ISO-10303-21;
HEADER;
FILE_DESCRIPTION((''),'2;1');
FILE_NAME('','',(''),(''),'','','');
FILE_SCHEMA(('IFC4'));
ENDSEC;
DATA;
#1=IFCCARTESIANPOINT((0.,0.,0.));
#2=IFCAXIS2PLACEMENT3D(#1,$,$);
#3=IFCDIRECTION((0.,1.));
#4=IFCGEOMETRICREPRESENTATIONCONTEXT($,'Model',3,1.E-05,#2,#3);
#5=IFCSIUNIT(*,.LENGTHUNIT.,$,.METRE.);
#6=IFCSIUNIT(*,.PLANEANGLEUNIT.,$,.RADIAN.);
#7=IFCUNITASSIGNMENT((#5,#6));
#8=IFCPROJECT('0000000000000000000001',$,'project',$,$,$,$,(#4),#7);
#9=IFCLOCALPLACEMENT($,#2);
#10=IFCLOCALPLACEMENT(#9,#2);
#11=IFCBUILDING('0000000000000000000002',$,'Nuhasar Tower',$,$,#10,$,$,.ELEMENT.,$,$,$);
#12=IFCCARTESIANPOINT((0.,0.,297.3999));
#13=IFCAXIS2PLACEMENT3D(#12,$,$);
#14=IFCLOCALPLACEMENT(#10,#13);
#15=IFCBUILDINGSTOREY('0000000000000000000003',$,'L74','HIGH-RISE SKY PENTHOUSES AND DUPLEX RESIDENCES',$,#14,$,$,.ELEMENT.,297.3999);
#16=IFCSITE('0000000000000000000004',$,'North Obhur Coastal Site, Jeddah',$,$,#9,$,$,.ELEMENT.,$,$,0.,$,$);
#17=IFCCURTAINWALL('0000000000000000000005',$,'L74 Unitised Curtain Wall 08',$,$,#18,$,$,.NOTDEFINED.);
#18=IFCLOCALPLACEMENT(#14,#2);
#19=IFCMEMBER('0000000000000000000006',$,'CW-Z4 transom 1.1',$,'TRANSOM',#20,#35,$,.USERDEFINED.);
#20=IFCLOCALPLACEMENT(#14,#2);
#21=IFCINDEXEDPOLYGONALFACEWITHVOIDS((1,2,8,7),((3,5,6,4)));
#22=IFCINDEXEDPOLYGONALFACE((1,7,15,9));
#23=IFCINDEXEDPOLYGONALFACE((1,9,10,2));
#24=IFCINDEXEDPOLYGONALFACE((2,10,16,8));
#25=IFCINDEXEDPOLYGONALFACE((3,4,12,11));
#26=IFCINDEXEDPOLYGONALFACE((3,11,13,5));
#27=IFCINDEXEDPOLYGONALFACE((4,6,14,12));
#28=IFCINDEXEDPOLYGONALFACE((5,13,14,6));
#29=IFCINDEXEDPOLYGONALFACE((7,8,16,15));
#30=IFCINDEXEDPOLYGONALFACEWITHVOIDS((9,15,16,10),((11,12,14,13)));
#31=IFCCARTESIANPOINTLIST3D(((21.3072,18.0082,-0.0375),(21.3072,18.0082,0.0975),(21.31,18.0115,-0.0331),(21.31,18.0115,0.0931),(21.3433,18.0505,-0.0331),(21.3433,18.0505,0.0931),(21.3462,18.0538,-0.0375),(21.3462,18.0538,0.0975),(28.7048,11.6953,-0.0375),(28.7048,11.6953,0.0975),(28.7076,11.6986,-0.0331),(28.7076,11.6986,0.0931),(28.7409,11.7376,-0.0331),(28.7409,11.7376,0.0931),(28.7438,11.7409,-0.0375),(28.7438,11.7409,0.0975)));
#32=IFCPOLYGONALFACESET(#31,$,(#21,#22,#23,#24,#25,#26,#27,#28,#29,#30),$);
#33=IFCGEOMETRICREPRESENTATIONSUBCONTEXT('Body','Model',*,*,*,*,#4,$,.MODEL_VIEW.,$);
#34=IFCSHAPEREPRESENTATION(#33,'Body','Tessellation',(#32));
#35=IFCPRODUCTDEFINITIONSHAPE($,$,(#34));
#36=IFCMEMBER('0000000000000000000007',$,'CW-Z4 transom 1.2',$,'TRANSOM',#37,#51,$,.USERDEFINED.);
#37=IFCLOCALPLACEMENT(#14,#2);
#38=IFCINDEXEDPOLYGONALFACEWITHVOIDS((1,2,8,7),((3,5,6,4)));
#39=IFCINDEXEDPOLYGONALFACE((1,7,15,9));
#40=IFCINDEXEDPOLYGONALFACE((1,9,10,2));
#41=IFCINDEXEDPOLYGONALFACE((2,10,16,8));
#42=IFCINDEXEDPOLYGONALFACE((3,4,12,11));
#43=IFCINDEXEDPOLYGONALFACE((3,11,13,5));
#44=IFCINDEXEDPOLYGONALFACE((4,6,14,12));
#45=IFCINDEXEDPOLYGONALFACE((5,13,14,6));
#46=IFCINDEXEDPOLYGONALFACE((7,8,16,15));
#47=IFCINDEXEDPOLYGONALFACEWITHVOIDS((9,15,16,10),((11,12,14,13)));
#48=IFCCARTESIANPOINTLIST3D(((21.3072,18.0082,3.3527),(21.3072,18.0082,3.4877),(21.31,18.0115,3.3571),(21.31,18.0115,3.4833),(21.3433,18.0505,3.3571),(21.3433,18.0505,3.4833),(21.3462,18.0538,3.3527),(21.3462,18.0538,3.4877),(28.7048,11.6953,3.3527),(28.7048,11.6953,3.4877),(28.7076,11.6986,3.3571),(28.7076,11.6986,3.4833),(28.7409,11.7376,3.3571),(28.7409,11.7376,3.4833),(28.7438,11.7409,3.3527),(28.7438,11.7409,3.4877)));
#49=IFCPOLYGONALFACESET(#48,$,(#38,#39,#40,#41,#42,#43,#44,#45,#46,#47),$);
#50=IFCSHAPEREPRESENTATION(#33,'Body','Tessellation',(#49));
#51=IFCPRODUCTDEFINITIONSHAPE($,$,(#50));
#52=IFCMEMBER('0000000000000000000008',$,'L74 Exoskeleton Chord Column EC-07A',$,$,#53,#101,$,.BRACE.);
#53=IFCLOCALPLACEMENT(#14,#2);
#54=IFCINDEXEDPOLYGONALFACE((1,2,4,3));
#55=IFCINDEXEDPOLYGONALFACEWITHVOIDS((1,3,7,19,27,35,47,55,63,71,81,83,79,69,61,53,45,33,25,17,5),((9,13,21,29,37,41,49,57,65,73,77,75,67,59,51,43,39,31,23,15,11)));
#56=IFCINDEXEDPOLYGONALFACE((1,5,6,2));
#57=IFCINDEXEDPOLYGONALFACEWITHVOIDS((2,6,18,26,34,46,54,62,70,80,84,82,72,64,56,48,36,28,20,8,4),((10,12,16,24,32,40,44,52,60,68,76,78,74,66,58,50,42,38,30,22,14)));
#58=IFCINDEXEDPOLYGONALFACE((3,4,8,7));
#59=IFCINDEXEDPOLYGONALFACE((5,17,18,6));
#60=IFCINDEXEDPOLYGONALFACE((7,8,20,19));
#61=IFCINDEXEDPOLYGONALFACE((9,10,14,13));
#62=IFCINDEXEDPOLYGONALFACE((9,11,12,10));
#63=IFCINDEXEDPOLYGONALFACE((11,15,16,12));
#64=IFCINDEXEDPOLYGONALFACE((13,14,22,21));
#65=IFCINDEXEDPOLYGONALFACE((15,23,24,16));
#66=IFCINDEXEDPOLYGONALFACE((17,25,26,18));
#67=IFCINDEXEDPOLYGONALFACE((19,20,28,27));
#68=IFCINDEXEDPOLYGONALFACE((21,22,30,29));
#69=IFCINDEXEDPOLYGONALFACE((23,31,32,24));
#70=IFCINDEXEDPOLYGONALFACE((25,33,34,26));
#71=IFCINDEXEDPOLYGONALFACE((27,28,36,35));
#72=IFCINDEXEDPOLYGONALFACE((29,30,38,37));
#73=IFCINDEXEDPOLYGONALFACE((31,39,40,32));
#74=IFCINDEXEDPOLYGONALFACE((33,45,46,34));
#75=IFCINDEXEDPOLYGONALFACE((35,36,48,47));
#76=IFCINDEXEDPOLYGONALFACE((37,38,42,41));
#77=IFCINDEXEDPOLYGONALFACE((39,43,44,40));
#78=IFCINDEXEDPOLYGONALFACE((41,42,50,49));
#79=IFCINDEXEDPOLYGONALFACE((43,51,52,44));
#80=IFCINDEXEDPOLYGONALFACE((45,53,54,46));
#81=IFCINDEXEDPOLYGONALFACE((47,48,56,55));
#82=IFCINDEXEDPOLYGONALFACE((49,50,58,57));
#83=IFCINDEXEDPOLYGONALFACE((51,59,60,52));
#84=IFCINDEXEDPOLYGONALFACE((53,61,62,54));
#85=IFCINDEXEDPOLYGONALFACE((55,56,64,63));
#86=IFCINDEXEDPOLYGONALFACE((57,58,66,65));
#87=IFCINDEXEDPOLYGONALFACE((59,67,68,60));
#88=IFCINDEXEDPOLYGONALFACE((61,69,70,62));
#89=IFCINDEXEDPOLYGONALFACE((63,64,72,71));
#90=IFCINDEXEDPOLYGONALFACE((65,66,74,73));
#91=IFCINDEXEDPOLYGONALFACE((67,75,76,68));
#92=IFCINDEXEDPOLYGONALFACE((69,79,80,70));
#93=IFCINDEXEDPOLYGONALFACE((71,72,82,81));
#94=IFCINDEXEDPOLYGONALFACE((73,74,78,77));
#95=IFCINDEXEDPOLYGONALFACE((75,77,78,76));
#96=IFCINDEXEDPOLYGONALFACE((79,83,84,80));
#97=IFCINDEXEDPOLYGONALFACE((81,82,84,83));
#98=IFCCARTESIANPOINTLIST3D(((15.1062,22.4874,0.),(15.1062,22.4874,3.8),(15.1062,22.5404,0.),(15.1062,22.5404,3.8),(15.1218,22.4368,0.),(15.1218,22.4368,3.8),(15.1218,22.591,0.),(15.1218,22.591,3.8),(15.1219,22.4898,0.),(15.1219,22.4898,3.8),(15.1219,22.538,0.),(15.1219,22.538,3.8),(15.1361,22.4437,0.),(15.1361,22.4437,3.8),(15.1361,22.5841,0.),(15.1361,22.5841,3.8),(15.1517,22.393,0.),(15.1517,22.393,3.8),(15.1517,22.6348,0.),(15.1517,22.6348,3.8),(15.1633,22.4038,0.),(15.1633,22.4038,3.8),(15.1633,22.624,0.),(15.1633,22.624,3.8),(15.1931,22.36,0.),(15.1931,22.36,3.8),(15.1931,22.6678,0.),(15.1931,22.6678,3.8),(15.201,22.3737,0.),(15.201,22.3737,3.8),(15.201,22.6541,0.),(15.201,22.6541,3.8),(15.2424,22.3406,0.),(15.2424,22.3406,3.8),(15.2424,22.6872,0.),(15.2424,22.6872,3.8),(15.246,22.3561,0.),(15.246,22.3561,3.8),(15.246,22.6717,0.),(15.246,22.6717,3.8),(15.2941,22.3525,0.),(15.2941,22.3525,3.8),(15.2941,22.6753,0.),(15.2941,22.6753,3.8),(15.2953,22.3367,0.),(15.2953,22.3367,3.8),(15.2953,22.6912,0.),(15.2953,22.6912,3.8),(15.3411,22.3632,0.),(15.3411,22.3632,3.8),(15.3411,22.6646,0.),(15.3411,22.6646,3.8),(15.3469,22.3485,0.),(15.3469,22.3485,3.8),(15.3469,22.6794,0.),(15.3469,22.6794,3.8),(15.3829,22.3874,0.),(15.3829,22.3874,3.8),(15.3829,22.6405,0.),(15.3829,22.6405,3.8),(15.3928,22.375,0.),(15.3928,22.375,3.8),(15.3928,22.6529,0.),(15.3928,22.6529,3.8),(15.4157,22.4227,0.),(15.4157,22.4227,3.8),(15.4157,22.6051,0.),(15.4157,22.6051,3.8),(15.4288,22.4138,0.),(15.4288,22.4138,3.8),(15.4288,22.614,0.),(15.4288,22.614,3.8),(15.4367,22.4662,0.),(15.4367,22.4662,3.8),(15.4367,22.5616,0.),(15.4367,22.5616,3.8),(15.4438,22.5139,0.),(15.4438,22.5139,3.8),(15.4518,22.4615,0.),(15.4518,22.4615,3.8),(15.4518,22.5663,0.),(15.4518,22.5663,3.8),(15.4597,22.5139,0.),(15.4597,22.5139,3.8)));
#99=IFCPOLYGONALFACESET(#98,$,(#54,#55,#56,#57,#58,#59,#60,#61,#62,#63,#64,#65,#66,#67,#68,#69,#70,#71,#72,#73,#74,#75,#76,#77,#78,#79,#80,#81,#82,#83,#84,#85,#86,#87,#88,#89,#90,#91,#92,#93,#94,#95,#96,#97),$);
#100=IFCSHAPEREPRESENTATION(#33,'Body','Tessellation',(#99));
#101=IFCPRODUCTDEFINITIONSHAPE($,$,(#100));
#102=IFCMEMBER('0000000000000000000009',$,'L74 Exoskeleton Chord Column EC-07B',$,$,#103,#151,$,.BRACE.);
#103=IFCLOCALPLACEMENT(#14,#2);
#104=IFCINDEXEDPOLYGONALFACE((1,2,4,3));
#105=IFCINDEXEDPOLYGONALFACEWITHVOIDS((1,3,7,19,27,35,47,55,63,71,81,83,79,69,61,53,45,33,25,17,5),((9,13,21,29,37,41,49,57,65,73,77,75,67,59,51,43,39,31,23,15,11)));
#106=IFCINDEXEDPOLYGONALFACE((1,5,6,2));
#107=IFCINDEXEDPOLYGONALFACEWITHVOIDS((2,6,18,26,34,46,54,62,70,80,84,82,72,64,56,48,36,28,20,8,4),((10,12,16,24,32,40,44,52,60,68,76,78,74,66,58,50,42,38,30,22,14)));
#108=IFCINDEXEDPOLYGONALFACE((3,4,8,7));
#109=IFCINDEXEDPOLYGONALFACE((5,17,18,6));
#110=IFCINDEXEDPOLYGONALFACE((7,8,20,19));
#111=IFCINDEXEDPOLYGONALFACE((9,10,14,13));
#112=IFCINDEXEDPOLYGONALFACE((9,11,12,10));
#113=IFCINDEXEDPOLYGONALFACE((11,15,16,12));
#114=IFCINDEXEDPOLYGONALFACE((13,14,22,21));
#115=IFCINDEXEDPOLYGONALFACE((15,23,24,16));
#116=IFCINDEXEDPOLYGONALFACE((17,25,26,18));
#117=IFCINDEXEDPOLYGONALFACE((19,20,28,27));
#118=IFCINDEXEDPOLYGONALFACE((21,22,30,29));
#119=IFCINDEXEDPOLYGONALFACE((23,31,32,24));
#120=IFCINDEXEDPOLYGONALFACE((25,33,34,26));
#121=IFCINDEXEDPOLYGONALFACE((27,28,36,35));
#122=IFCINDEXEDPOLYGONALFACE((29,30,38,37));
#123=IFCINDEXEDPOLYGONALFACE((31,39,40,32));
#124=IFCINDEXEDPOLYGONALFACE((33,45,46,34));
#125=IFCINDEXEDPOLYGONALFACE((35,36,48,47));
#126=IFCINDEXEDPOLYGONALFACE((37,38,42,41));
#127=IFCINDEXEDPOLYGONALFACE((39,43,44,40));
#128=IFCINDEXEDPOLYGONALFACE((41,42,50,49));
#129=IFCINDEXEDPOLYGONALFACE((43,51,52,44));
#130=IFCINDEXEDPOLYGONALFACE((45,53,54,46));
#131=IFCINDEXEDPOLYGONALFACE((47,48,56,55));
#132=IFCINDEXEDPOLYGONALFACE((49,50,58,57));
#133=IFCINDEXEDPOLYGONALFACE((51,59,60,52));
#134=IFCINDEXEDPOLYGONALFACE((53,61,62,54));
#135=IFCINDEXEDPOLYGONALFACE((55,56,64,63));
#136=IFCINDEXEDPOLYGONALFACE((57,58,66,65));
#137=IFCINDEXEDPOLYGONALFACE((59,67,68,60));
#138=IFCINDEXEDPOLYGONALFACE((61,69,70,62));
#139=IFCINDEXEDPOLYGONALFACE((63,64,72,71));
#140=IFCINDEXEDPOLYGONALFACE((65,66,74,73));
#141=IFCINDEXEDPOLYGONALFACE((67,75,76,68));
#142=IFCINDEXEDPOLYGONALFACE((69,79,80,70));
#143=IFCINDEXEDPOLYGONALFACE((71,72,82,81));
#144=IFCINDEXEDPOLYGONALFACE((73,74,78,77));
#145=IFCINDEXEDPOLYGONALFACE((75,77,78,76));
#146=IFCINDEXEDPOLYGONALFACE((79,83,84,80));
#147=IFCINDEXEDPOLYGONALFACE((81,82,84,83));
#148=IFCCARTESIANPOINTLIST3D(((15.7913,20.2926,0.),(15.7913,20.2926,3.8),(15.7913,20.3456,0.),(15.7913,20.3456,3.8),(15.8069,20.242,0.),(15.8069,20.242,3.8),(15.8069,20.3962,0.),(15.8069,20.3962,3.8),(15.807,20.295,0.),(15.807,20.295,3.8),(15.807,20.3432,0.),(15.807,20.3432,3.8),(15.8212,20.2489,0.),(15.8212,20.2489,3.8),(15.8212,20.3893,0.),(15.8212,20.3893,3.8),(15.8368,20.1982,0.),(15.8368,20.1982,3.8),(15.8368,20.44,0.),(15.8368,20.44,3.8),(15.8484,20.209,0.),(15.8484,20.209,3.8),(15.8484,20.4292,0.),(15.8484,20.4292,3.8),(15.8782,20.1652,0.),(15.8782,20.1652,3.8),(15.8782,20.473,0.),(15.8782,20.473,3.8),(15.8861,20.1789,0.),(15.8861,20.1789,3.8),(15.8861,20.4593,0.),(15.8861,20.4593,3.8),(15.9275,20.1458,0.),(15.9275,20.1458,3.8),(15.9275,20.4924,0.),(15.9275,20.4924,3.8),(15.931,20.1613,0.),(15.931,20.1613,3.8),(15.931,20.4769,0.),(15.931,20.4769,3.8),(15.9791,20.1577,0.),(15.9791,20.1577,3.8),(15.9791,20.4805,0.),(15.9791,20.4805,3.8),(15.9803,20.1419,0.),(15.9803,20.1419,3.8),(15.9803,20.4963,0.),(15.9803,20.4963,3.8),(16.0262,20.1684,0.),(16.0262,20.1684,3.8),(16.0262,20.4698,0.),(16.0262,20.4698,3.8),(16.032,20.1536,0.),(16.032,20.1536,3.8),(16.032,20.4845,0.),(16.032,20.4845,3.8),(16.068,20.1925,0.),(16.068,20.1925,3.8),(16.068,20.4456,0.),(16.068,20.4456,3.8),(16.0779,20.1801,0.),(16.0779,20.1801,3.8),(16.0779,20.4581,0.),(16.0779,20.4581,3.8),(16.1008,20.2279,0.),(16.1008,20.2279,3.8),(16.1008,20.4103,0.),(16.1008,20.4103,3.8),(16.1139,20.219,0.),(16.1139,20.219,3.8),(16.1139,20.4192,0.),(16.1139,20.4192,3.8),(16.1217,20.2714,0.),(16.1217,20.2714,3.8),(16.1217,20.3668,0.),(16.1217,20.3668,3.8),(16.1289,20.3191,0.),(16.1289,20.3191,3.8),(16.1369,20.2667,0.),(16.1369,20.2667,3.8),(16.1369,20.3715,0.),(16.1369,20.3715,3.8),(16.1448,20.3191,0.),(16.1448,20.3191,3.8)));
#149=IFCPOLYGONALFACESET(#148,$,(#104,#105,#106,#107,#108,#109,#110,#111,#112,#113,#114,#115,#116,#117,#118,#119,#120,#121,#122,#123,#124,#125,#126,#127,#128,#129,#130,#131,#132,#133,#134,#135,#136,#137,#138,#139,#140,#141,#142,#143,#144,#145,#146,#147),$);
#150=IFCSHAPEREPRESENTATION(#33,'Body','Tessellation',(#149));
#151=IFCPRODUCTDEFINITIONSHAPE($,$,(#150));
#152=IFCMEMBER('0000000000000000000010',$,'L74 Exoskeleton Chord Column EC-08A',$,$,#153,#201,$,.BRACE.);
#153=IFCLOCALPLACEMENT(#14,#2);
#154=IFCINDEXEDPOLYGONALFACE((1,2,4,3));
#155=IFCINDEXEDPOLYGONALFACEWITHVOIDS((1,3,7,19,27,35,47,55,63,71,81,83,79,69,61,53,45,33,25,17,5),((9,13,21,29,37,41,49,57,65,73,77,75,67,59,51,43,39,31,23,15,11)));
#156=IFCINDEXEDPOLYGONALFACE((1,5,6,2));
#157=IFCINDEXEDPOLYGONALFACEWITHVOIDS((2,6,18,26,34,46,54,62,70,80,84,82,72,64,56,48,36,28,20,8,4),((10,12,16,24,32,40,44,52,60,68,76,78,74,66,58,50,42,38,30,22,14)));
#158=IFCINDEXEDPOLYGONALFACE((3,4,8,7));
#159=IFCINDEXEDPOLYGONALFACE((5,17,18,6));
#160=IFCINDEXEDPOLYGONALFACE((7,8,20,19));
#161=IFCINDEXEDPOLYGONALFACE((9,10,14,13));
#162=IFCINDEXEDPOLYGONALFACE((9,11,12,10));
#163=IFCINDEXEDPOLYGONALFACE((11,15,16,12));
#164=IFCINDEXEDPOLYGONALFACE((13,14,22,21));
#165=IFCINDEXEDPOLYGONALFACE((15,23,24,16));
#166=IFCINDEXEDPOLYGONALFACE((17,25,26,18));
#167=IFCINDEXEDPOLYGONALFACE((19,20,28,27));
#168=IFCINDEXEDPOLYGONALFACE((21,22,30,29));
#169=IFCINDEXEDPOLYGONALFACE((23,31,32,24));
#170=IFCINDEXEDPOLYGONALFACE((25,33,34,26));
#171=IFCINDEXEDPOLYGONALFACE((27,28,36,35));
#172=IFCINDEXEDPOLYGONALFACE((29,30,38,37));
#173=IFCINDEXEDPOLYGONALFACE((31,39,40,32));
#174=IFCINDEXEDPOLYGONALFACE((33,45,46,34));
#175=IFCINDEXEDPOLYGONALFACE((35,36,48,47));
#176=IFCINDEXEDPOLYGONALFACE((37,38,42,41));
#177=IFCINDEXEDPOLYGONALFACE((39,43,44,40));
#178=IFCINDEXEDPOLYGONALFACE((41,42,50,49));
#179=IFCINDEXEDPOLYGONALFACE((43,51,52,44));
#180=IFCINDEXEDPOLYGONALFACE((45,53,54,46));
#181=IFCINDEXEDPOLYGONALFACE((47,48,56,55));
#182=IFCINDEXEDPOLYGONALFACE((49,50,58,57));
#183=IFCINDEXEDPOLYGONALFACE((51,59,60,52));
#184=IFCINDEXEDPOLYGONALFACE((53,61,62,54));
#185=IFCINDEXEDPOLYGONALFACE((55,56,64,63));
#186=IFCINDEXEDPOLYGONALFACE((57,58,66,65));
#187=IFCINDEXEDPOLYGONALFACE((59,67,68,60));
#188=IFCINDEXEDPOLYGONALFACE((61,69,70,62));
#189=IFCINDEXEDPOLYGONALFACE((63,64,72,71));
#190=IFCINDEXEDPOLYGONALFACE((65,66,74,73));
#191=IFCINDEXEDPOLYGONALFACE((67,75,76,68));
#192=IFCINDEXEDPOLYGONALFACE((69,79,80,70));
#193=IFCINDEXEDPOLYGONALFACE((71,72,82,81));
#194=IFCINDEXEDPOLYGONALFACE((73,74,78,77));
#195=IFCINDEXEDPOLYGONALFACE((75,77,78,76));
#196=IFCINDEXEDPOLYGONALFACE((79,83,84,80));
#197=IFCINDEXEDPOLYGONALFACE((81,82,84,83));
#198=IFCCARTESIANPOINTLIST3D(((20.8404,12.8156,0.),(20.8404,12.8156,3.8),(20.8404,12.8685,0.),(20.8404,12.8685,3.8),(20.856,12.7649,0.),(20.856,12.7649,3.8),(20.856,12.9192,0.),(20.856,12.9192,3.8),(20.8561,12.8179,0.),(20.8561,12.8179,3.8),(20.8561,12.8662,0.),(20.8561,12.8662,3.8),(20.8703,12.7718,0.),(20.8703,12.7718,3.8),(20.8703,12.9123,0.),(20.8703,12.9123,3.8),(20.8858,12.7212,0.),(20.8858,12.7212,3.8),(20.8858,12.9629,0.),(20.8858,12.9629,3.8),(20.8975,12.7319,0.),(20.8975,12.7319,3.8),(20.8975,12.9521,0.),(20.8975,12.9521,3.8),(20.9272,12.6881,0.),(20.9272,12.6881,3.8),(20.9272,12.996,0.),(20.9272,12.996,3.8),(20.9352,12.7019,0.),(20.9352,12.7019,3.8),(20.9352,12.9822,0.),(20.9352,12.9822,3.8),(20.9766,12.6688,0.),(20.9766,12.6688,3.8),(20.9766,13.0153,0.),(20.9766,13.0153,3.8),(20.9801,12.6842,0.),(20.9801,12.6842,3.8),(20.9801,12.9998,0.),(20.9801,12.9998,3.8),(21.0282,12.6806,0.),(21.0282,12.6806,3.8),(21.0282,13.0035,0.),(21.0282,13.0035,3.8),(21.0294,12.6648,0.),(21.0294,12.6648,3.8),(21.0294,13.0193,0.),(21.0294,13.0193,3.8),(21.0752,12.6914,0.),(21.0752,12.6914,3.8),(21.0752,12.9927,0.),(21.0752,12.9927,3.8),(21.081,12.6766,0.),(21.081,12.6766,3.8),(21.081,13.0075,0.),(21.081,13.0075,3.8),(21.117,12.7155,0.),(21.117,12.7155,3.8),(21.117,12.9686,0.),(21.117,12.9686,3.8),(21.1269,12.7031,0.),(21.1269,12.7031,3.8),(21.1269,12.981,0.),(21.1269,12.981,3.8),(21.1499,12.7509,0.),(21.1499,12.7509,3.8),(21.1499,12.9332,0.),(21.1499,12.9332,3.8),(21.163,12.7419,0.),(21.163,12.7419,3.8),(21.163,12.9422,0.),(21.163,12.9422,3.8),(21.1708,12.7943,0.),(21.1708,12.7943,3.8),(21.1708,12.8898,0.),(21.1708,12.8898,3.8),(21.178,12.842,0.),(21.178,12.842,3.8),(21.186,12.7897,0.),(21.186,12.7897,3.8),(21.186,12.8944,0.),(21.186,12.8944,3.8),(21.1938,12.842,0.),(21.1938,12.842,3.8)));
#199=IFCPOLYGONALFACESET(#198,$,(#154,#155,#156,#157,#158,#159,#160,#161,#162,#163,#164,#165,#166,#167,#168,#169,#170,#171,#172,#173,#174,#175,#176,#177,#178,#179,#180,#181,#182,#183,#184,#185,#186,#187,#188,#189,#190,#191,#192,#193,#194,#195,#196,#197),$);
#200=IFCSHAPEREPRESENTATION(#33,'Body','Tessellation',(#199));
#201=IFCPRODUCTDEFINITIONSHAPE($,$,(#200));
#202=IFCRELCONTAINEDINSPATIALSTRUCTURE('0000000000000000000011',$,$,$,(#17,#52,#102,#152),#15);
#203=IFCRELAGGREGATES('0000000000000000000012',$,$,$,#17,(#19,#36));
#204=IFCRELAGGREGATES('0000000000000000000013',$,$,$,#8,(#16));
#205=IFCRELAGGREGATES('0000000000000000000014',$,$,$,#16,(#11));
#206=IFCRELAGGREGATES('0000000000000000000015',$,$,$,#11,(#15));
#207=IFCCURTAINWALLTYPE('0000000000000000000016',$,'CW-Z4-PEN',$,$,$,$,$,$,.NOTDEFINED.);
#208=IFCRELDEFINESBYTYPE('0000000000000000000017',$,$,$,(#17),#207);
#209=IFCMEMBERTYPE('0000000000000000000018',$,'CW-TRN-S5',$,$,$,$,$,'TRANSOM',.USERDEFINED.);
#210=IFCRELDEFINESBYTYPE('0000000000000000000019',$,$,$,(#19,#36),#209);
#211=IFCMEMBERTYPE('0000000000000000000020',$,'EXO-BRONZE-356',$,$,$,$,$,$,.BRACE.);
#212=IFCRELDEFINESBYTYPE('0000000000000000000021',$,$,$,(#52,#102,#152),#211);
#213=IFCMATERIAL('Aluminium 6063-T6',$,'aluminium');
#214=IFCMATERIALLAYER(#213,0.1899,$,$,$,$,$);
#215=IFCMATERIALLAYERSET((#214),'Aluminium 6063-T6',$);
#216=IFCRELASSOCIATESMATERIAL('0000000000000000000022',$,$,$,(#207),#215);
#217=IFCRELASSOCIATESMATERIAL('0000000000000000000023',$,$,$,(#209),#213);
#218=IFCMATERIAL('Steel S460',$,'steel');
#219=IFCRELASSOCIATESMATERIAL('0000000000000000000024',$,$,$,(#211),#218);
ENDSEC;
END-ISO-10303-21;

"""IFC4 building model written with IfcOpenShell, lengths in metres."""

from ifc_helpers import new_model, si_unit, direction, frame, origin, origin_2d, place, context, subcontext, project, spatial, hollow_rectangle, hollow_circle, extrude, material, layer, layer_set, material_profile, profile_set, type_object, element, aggregate, save


model = new_model("IFC4")

# Units and contexts
model_context = context("Model", 3, precision=1e-05, world=origin(), true_north=direction((0.0, 1.0)))
body_context = subcontext(model_context, "Body", "Model", "MODEL_VIEW")
ifc_project = project(units=[si_unit("LENGTHUNIT", "METRE"), si_unit("PLANEANGLEUNIT", "RADIAN")], contexts=[model_context])

# Site, building, storey
site_placement = place(None, origin())
site = spatial("IfcSite", under=ifc_project, at=site_placement, Name="North Obhur Coastal Site, Jeddah", CompositionType="ELEMENT", RefElevation=0.0)
building_placement = place(site_placement, origin())
building = spatial("IfcBuilding", under=site, at=building_placement, Name="Nuhasar Tower", CompositionType="ELEMENT")
storey_placement = place(building_placement, frame((0.0, 0.0, 297.3999)))
storey = spatial("IfcBuildingStorey", under=building, at=storey_placement, Name="L74", Description="HIGH-RISE SKY PENTHOUSES AND DUPLEX RESIDENCES", CompositionType="ELEMENT", Elevation=297.3999)

# Shared definitions
ifc_material_1 = material(Name="Aluminium 6063-T6", Category="aluminium")
ifc_layer_1 = layer(ifc_material_1, 0.1899)
ifc_layer_set_1 = layer_set([ifc_layer_1], Name="Aluminium 6063-T6")
curtain_wall_type = type_object("IfcCurtainWallType", Name="CW-Z4-PEN", PredefinedType="NOTDEFINED", material=ifc_layer_set_1)

# Curtain wall
curtain_wall_1_placement = place(storey_placement, origin())
curtain_wall_1 = element("IfcCurtainWall", 1, at=curtain_wall_1_placement, inside=storey, type_object=curtain_wall_type, Name="L74 Unitised Curtain Wall 08", PredefinedType="NOTDEFINED")

# Members
ifc_material_profile_1 = material_profile(ifc_material_1, hollow_rectangle(XDim=0.0601, YDim=0.135, WallThickness=0.0044, at=origin_2d()), Name="CWT-5")
ifc_profile_set_1 = profile_set([ifc_material_profile_1], Name="Aluminium 6063-T6")
member_type_1 = type_object("IfcMemberType", Name="CW-TRN-S5", ElementType="TRANSOM", PredefinedType="USERDEFINED", material=ifc_profile_set_1)
member_1_placement = place(storey_placement, frame((21.3267, 18.031, 0.03), z_axis=(0.760672, -0.649136, 0.0), x_axis=(0.649136, 0.760672, 0.0)))
member_1 = element("IfcMember", 2, at=member_1_placement, type_object=member_type_1, Name="CW-Z4 transom 1.1", ObjectType="TRANSOM", PredefinedType="USERDEFINED", context=body_context, shape_type="SweptSolid", body=[
    extrude(hollow_rectangle(XDim=0.0601, YDim=0.135, WallThickness=0.0044, at=origin_2d()), origin(), (0.0, 0.0, 1.0), 9.7251),
])
member_2_placement = place(storey_placement, frame((21.3267, 18.031, 3.4202), z_axis=(0.760672, -0.649136, 0.0), x_axis=(0.649136, 0.760672, 0.0)))
member_2 = element("IfcMember", 3, at=member_2_placement, type_object=member_type_1, Name="CW-Z4 transom 1.2", ObjectType="TRANSOM", PredefinedType="USERDEFINED", context=body_context, shape_type="SweptSolid", body=[
    extrude(hollow_rectangle(XDim=0.0601, YDim=0.135, WallThickness=0.0044, at=origin_2d()), origin(), (0.0, 0.0, 1.0), 9.7251),
])
aggregate(curtain_wall_1, [member_1, member_2])

# Members
ifc_material_2 = material(Name="Steel S460", Category="steel")
ifc_material_profile_2 = material_profile(ifc_material_2, hollow_circle(Radius=0.1777, WallThickness=0.0159, at=origin_2d()), Name="HSS355.6X15.9")
ifc_profile_set_2 = profile_set([ifc_material_profile_2], Name="Steel S460")
member_type_2 = type_object("IfcMemberType", Name="EXO-BRONZE-356", PredefinedType="BRACE", material=ifc_profile_set_2)
for number, where, z_axis, x_axis, name in (
    (4, (15.282, 22.5139, 0.0), (0.0, 0.0, 1.0), (1.0, 0.0, 0.0), "L74 Exoskeleton Chord Column EC-07A"),
    (5, (15.967, 20.3191, 0.0), (0.0, 0.0, 1.0), (1.0, 0.0, 0.0), "L74 Exoskeleton Chord Column EC-07B"),
    (6, (21.0161, 12.842, 0.0), (0.0, 0.0, 1.0), (1.0, 0.0, 0.0), "L74 Exoskeleton Chord Column EC-08A"),
):
    element("IfcMember", number, at=place(storey_placement, frame(where, z_axis=z_axis, x_axis=x_axis)), inside=storey, type_object=member_type_2, Name=name, PredefinedType="BRACE", context=body_context, shape_type="SweptSolid", body=[
        extrude(hollow_circle(Radius=0.1777, WallThickness=0.0159, at=origin_2d()), origin(), (0.0, 0.0, 1.0), 3.8),
    ])

save(model, "model.ifc")
